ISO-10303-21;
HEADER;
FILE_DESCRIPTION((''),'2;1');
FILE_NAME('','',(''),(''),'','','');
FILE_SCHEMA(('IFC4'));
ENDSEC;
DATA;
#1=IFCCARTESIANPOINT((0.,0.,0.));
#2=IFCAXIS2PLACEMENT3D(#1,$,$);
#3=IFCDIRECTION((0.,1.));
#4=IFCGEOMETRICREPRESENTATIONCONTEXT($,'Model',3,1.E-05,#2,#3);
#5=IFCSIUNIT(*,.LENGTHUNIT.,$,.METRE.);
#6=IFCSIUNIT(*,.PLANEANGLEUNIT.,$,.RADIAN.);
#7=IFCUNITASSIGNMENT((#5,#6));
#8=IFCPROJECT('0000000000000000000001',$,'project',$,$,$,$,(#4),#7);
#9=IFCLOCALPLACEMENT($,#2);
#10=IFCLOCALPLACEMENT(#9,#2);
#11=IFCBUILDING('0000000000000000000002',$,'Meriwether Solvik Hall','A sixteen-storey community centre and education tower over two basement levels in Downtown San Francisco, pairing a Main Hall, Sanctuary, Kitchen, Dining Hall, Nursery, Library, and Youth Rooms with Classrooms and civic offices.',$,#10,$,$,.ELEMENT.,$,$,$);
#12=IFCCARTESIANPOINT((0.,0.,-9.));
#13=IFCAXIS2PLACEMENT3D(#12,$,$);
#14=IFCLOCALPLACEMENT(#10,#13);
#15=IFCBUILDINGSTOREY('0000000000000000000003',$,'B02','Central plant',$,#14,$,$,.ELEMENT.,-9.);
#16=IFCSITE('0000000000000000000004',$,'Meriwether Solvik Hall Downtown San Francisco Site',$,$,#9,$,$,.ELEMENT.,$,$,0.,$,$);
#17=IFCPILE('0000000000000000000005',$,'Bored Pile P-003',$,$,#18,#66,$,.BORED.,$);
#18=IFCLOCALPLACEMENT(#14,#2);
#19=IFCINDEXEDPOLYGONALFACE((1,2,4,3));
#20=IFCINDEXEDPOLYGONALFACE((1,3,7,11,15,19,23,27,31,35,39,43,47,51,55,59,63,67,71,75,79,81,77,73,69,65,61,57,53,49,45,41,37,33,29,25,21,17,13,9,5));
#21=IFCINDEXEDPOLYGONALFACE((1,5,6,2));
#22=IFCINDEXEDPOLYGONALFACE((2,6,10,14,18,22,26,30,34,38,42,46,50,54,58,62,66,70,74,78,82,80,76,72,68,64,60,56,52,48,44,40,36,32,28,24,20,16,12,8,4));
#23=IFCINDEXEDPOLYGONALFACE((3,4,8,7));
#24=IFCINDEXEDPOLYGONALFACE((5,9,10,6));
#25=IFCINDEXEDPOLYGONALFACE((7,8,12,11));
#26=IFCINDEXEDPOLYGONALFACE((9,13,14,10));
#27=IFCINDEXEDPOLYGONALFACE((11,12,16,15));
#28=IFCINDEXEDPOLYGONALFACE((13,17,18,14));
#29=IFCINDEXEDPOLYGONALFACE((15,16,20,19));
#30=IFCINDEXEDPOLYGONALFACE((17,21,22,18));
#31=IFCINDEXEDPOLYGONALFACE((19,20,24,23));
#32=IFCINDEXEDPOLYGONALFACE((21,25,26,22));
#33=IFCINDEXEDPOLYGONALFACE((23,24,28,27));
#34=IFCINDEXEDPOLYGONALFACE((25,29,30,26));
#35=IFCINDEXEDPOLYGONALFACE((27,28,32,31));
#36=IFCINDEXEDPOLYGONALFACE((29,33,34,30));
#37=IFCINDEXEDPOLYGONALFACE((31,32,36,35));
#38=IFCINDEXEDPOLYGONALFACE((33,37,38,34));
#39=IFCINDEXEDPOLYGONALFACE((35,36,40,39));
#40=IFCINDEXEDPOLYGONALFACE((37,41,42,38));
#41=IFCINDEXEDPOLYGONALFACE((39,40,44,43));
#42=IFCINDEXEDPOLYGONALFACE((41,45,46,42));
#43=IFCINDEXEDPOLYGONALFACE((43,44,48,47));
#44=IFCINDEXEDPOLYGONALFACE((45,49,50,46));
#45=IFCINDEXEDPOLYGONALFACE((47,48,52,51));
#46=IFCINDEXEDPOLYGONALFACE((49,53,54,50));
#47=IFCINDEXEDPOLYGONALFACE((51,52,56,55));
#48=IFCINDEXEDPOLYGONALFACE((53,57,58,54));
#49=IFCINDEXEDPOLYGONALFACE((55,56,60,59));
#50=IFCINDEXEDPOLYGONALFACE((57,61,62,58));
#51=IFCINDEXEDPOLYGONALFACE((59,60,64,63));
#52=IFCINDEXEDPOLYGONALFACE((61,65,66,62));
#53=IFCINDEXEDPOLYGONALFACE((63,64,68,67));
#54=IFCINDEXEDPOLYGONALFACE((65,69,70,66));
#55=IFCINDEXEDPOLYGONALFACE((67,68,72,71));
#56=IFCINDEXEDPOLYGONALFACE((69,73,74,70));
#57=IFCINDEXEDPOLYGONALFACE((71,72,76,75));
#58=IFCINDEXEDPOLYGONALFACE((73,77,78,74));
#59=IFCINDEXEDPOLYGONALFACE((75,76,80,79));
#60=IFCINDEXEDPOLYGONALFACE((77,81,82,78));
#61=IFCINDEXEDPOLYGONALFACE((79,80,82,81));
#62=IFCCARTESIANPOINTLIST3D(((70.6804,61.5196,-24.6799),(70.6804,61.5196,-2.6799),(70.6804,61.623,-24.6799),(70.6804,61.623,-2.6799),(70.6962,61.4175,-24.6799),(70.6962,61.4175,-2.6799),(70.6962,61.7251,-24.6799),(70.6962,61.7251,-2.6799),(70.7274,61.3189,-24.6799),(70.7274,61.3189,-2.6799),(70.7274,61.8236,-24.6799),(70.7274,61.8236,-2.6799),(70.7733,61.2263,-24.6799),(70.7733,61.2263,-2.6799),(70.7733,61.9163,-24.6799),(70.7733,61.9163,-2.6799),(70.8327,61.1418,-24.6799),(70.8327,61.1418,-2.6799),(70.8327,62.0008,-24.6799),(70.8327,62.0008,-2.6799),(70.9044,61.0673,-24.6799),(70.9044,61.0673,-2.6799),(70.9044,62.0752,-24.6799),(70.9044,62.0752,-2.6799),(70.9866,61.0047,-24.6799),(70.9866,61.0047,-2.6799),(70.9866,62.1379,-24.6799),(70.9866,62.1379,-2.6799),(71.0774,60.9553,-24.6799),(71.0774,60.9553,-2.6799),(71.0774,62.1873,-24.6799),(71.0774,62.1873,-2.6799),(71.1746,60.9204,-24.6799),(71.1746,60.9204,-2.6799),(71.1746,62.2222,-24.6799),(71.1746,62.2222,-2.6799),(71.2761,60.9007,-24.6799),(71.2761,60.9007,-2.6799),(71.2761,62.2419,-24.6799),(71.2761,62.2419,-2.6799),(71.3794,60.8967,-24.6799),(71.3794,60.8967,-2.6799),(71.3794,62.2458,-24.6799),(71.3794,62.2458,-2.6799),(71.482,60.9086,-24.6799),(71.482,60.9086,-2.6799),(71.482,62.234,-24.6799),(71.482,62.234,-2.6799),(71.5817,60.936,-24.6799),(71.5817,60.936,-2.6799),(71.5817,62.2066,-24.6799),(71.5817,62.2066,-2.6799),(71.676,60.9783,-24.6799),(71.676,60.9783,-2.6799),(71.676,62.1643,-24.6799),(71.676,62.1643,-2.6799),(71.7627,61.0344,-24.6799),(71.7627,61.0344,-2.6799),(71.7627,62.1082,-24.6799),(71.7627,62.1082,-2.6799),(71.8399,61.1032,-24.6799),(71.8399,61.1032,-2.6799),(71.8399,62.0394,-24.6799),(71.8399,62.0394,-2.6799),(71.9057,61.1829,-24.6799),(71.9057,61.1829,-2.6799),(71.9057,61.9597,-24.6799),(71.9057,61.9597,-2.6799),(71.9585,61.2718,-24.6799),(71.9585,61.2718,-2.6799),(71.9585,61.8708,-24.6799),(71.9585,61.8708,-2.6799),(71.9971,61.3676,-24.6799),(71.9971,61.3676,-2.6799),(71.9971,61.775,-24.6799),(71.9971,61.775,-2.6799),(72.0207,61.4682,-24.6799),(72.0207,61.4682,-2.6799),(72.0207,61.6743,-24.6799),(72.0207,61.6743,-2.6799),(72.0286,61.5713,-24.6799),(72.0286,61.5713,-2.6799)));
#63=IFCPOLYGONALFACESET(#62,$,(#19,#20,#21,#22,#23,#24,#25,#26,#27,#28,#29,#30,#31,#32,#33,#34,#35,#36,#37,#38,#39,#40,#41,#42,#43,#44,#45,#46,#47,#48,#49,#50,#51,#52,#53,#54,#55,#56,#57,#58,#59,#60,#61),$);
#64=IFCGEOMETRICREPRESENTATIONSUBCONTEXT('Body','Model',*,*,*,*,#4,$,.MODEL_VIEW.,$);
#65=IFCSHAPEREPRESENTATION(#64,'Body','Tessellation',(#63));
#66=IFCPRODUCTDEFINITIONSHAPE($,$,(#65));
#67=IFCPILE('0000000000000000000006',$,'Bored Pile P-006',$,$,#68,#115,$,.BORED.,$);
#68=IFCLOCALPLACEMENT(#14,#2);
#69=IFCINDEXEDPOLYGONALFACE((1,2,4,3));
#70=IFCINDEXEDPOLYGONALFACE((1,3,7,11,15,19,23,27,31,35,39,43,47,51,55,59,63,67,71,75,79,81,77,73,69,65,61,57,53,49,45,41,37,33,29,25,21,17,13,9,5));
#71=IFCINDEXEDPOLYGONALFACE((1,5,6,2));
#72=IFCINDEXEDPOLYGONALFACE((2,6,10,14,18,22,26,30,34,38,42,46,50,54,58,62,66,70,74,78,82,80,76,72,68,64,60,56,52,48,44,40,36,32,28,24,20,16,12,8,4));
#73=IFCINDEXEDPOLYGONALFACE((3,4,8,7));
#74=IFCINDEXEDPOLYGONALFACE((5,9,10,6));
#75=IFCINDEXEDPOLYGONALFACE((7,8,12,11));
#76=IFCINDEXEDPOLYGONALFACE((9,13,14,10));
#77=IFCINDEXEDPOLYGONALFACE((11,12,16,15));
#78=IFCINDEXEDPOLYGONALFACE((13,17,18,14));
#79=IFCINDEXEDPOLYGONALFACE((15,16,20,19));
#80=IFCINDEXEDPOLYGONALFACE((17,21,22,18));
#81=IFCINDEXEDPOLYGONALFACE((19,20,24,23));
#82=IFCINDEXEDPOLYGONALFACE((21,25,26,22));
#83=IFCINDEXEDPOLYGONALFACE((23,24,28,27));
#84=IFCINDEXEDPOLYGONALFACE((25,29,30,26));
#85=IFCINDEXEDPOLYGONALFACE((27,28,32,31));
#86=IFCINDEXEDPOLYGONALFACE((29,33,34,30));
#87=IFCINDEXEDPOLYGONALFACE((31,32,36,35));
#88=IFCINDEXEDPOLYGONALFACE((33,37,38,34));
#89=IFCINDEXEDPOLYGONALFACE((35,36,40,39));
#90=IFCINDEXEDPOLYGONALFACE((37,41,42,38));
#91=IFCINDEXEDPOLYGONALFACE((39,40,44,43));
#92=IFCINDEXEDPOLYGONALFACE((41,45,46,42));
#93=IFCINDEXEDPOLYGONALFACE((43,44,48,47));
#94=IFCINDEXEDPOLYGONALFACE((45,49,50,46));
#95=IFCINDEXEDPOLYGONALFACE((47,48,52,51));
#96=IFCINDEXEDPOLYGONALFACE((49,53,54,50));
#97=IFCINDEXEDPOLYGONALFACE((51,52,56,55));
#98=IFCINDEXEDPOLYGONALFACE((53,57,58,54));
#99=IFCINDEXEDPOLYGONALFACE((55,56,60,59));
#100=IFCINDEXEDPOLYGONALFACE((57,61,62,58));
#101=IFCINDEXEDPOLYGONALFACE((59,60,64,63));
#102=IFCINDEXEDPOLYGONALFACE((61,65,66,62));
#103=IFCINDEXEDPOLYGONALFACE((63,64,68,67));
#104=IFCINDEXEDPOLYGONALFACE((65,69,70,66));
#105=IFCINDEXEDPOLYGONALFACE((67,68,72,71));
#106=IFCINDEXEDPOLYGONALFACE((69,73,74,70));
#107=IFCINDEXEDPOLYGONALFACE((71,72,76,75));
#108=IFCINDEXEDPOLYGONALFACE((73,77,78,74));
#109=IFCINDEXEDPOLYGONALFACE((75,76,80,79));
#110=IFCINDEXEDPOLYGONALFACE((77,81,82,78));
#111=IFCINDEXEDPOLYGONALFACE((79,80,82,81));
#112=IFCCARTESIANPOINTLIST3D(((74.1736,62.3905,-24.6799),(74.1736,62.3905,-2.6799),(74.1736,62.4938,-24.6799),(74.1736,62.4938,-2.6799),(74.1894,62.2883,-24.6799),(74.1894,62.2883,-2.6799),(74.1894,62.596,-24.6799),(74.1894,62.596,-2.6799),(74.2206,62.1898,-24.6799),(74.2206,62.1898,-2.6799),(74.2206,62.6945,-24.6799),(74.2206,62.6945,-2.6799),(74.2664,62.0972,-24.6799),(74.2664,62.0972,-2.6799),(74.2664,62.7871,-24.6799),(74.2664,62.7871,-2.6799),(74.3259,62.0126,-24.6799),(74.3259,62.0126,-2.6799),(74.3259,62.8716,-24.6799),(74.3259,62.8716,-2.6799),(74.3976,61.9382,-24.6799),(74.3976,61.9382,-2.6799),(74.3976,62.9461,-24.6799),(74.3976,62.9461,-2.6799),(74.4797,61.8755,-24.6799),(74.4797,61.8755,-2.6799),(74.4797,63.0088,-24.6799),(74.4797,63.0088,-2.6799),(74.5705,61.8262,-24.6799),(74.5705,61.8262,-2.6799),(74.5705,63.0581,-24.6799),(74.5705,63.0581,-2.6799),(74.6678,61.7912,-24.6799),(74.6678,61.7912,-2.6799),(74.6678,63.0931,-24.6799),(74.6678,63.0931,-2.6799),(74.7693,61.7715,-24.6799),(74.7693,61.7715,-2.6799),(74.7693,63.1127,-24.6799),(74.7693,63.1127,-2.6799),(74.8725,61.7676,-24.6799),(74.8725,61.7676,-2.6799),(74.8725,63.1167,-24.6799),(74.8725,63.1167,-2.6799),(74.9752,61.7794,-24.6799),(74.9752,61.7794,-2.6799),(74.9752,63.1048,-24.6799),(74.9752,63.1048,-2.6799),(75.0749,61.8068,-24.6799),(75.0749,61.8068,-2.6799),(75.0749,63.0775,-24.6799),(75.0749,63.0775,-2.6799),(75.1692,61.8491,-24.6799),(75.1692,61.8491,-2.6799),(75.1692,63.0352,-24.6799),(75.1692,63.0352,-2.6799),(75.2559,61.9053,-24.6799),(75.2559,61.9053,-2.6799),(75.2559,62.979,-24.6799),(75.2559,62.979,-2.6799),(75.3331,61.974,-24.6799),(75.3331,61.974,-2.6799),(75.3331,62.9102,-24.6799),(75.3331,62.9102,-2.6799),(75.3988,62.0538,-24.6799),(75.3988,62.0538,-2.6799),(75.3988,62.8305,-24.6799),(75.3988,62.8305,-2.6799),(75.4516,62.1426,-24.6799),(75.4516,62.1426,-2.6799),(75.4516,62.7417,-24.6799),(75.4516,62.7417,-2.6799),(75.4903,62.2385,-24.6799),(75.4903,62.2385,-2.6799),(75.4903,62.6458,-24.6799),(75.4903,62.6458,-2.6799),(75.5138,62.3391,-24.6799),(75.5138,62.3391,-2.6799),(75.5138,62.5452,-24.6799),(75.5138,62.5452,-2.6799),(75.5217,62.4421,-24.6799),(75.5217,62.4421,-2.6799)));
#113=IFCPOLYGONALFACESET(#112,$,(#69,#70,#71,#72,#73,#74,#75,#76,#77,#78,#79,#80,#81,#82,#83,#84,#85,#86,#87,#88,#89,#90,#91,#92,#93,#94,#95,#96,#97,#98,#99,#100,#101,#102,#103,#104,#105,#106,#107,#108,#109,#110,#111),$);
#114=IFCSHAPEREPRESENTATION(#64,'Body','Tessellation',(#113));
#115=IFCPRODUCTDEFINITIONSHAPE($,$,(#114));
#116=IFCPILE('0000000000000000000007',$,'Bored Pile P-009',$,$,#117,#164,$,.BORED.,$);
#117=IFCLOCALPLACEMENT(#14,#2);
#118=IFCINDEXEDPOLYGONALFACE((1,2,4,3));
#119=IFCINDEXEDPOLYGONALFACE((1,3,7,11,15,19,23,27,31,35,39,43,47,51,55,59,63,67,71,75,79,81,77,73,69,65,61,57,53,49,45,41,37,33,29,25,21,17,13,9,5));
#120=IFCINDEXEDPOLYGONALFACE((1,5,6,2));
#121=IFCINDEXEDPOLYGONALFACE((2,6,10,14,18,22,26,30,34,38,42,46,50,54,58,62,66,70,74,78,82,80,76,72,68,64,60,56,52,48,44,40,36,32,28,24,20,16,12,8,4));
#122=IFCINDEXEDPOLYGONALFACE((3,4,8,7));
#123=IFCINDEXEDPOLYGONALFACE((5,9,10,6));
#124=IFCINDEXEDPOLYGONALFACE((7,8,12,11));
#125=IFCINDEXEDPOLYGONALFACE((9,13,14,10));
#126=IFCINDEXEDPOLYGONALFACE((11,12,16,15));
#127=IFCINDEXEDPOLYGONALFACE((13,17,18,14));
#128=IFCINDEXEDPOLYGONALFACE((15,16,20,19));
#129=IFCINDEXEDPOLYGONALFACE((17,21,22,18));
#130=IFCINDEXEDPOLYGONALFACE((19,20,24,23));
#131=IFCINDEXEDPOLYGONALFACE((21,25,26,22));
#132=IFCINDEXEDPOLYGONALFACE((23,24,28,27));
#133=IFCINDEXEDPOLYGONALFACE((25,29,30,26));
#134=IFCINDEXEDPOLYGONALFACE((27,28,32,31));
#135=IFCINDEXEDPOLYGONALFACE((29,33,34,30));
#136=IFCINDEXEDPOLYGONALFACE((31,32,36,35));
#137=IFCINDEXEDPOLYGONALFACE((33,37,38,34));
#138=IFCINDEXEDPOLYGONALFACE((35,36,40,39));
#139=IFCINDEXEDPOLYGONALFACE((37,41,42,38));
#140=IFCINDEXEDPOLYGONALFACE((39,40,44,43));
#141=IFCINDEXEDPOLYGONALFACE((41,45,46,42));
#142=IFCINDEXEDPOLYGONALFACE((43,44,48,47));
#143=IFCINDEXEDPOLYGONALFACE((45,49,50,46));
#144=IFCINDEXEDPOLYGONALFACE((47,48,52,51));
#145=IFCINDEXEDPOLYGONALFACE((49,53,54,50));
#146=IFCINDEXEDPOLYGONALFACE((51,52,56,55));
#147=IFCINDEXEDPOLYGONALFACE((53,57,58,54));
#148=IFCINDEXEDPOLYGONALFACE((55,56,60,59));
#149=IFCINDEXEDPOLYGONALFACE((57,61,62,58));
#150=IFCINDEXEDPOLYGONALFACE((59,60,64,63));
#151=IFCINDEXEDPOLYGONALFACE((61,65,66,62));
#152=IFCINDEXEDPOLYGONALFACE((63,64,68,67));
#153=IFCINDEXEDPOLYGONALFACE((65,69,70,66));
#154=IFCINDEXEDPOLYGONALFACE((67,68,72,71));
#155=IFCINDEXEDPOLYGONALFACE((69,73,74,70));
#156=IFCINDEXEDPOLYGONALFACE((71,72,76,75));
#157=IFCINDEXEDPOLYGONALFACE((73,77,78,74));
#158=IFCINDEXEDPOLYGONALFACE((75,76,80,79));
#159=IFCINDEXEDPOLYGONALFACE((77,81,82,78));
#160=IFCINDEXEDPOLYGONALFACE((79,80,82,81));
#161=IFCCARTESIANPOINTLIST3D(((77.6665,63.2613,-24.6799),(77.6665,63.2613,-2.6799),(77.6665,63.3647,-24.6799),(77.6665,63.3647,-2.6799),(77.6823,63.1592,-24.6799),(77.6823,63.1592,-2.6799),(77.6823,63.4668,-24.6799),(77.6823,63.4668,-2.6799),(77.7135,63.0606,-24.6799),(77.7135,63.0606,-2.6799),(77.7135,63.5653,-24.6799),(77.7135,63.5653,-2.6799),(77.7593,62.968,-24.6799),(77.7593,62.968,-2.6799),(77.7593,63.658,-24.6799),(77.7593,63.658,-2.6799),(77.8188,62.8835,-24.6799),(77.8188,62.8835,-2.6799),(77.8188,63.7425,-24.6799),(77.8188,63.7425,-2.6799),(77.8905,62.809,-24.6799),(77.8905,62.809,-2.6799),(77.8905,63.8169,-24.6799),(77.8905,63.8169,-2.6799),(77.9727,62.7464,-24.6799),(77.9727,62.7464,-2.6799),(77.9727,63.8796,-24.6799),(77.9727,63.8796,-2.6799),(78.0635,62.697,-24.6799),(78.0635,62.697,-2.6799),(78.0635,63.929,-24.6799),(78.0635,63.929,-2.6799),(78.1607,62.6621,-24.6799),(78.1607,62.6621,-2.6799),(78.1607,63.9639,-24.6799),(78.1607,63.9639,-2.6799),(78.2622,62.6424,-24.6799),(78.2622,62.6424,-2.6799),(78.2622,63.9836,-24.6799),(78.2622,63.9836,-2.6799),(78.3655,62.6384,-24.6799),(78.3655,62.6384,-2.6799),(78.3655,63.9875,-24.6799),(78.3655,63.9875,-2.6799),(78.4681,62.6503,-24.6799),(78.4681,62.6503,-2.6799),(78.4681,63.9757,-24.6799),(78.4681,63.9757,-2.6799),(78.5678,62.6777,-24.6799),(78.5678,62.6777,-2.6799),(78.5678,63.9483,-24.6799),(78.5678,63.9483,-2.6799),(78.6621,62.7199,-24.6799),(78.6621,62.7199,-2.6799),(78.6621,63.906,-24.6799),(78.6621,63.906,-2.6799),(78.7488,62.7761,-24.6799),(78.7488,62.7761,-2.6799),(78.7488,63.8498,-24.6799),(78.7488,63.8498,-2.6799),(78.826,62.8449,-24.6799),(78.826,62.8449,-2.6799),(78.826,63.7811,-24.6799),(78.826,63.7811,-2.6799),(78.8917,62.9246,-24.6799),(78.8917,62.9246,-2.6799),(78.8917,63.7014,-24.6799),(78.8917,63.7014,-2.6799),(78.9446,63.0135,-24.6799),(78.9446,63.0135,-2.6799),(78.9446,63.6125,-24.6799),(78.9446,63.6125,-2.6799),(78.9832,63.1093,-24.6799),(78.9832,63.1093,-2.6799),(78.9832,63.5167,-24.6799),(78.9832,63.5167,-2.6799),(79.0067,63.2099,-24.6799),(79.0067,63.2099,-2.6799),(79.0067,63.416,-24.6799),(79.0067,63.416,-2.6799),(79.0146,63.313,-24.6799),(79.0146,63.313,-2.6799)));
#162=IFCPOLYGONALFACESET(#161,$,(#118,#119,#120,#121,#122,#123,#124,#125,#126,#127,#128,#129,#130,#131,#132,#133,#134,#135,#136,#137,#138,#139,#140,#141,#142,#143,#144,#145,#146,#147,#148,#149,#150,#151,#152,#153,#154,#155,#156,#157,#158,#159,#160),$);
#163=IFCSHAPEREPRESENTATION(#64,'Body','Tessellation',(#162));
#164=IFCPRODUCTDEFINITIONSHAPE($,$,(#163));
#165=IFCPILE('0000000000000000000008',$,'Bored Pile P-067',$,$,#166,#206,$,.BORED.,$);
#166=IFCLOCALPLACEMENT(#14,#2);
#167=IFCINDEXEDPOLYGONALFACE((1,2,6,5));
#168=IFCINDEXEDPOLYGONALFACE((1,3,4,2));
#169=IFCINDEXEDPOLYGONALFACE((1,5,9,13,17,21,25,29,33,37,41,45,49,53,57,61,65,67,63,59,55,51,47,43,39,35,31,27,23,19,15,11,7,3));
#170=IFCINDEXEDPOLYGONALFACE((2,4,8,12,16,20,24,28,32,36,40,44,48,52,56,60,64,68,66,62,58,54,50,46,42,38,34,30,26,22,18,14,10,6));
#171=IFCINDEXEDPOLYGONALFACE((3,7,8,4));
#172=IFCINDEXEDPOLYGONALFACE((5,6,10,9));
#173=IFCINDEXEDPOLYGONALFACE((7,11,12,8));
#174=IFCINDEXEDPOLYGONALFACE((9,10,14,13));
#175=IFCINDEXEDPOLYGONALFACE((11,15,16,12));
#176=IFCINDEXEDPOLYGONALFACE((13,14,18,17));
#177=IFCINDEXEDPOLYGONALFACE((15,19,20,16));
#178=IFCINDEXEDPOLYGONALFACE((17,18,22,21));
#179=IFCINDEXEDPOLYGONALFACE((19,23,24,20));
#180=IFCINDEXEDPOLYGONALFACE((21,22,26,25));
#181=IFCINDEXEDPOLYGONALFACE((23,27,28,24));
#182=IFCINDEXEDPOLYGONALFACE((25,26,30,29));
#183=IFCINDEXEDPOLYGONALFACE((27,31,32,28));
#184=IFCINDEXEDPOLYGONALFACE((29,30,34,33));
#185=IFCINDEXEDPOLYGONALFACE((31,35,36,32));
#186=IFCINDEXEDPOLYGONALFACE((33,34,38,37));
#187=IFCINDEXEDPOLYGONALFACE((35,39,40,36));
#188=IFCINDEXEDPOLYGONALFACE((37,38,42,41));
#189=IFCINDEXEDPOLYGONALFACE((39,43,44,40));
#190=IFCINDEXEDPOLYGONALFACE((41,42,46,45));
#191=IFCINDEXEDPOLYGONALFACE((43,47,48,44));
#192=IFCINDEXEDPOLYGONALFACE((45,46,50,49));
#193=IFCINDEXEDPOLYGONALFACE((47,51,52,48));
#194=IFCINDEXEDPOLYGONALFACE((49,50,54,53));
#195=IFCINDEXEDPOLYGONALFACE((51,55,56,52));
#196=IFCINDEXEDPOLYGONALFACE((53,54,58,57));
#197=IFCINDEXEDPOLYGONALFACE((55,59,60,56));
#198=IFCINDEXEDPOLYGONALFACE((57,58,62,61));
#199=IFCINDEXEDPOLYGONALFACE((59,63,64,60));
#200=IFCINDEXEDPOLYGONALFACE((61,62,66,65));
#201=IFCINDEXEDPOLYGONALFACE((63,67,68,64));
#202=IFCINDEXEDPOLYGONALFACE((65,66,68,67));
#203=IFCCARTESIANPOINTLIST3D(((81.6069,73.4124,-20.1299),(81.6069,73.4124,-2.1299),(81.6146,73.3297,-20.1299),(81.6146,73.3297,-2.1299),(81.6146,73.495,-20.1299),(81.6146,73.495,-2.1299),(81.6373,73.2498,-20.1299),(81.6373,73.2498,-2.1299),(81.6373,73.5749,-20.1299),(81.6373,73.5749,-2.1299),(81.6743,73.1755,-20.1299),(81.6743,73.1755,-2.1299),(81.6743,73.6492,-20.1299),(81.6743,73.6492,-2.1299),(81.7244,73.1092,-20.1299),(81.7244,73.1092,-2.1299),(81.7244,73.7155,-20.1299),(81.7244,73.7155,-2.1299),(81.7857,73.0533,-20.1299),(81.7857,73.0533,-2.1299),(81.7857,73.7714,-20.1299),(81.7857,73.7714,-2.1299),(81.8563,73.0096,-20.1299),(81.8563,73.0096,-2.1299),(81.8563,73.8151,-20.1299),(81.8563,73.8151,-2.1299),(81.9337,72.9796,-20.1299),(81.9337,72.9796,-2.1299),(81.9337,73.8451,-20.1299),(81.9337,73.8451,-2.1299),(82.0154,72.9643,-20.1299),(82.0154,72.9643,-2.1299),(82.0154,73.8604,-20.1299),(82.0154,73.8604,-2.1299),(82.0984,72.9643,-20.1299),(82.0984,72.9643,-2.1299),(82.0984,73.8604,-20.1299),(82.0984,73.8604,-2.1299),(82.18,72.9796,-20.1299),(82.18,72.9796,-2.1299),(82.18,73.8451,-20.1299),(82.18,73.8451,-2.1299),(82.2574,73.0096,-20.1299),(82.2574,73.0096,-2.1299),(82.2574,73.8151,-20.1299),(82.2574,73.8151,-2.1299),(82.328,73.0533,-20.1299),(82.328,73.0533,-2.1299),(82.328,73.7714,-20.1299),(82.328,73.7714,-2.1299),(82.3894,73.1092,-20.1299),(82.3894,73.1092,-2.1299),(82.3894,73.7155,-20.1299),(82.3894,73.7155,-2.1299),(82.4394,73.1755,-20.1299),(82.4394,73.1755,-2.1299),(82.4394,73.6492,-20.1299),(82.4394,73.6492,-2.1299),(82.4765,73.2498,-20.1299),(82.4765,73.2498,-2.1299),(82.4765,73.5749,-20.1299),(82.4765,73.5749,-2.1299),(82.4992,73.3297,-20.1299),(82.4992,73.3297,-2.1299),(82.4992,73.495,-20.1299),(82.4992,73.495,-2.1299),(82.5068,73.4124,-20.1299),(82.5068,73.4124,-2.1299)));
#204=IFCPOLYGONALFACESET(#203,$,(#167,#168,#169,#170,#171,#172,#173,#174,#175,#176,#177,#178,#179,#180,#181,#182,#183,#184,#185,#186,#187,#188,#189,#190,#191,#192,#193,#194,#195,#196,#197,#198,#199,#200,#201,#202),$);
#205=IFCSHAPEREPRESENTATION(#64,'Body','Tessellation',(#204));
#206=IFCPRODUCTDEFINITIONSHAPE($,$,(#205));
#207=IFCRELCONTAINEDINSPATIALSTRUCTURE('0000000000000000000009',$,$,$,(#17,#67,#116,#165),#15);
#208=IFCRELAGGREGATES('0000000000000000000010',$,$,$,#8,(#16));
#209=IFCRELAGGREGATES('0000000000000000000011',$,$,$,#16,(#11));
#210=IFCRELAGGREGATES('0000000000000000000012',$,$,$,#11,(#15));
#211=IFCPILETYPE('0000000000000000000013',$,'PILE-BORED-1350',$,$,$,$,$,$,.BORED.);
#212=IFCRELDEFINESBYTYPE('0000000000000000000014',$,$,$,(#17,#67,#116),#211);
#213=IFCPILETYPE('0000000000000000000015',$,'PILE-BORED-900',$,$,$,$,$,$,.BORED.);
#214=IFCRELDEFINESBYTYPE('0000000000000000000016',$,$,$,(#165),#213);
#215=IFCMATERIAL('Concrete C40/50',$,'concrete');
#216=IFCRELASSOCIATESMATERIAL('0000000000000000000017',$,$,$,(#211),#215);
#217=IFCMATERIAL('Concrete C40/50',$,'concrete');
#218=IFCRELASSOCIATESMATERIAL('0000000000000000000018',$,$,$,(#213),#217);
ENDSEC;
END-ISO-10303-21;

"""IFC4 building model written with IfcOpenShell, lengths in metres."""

from ifc_helpers import new_model, si_unit, direction, frame, origin, origin_2d, place, context, subcontext, project, spatial, circle, extrude, material, material_profile, profile_set, type_object, element, save


model = new_model("IFC4")

# Units and contexts
model_context = context("Model", 3, precision=1e-05, world=origin(), true_north=direction((0.0, 1.0)))
body_context = subcontext(model_context, "Body", "Model", "MODEL_VIEW")
ifc_project = project(units=[si_unit("LENGTHUNIT", "METRE"), si_unit("PLANEANGLEUNIT", "RADIAN")], contexts=[model_context])

# Site, building, storey
site_placement = place(None, origin())
site = spatial("IfcSite", under=ifc_project, at=site_placement, Name="Meriwether Solvik Hall Downtown San Francisco Site", CompositionType="ELEMENT", RefElevation=0.0)
building_placement = place(site_placement, origin())
building = spatial("IfcBuilding", under=site, at=building_placement, Name="Meriwether Solvik Hall", Description="A sixteen-storey community centre and education tower over two basement levels in Downtown San Francisco, pairing a Main Hall, Sanctuary, Kitchen, Dining Hall, Nursery, Library, and Youth Rooms with Classrooms and civic offices.", CompositionType="ELEMENT")
storey_placement = place(building_placement, frame((0.0, 0.0, -9.0)))
storey = spatial("IfcBuildingStorey", under=building, at=storey_placement, Name="B02", Description="Central plant", CompositionType="ELEMENT", Elevation=-9.0)

# Piles
ifc_material_1 = material(Name="Concrete C40/50", Category="concrete")
ifc_material_profile_1 = material_profile(ifc_material_1, circle(Radius=0.675, at=origin_2d()), Name="PILE-D1350")
ifc_profile_set_1 = profile_set([ifc_material_profile_1], Name="Concrete C40/50")
pile_type_1 = type_object("IfcPileType", Name="PILE-BORED-1350", PredefinedType="BORED", material=ifc_profile_set_1)
for number, where, z_axis, x_axis, name in (
    (1, (71.3535, 61.5713, -2.6799), (0.0, 0.0, -1.0), (1.0, 0.0, 0.0), "Bored Pile P-003"),
    (2, (74.8467, 62.4421, -2.6799), (0.0, 0.0, -1.0), (1.0, 0.0, 0.0), "Bored Pile P-006"),
    (3, (78.3396, 63.313, -2.6799), (0.0, 0.0, -1.0), (1.0, 0.0, 0.0), "Bored Pile P-009"),
):
    element("IfcPile", number, at=place(storey_placement, frame(where, z_axis=z_axis, x_axis=x_axis)), inside=storey, type_object=pile_type_1, Name=name, PredefinedType="BORED", context=body_context, shape_type="SweptSolid", body=[
        extrude(circle(Radius=0.675, at=origin_2d()), origin(), (0.0, 0.0, 1.0), 22.0),
    ])
ifc_material_2 = material(Name="Concrete C40/50", Category="concrete")
ifc_material_profile_2 = material_profile(ifc_material_2, circle(Radius=0.45, at=origin_2d()), Name="PILE-D900")
ifc_profile_set_2 = profile_set([ifc_material_profile_2], Name="Concrete C40/50")
pile_type_2 = type_object("IfcPileType", Name="PILE-BORED-900", PredefinedType="BORED", material=ifc_profile_set_2)
for number, where, z_axis, x_axis, name in (
    (4, (82.0569, 73.4124, -2.1299), (0.0, 0.0, -1.0), (1.0, 0.0, 0.0), "Bored Pile P-067"),
):
    element("IfcPile", number, at=place(storey_placement, frame(where, z_axis=z_axis, x_axis=x_axis)), inside=storey, type_object=pile_type_2, Name=name, PredefinedType="BORED", context=body_context, shape_type="SweptSolid", body=[
        extrude(circle(Radius=0.45, at=origin_2d()), origin(), (0.0, 0.0, 1.0), 18.0),
    ])

save(model, "model.ifc")
